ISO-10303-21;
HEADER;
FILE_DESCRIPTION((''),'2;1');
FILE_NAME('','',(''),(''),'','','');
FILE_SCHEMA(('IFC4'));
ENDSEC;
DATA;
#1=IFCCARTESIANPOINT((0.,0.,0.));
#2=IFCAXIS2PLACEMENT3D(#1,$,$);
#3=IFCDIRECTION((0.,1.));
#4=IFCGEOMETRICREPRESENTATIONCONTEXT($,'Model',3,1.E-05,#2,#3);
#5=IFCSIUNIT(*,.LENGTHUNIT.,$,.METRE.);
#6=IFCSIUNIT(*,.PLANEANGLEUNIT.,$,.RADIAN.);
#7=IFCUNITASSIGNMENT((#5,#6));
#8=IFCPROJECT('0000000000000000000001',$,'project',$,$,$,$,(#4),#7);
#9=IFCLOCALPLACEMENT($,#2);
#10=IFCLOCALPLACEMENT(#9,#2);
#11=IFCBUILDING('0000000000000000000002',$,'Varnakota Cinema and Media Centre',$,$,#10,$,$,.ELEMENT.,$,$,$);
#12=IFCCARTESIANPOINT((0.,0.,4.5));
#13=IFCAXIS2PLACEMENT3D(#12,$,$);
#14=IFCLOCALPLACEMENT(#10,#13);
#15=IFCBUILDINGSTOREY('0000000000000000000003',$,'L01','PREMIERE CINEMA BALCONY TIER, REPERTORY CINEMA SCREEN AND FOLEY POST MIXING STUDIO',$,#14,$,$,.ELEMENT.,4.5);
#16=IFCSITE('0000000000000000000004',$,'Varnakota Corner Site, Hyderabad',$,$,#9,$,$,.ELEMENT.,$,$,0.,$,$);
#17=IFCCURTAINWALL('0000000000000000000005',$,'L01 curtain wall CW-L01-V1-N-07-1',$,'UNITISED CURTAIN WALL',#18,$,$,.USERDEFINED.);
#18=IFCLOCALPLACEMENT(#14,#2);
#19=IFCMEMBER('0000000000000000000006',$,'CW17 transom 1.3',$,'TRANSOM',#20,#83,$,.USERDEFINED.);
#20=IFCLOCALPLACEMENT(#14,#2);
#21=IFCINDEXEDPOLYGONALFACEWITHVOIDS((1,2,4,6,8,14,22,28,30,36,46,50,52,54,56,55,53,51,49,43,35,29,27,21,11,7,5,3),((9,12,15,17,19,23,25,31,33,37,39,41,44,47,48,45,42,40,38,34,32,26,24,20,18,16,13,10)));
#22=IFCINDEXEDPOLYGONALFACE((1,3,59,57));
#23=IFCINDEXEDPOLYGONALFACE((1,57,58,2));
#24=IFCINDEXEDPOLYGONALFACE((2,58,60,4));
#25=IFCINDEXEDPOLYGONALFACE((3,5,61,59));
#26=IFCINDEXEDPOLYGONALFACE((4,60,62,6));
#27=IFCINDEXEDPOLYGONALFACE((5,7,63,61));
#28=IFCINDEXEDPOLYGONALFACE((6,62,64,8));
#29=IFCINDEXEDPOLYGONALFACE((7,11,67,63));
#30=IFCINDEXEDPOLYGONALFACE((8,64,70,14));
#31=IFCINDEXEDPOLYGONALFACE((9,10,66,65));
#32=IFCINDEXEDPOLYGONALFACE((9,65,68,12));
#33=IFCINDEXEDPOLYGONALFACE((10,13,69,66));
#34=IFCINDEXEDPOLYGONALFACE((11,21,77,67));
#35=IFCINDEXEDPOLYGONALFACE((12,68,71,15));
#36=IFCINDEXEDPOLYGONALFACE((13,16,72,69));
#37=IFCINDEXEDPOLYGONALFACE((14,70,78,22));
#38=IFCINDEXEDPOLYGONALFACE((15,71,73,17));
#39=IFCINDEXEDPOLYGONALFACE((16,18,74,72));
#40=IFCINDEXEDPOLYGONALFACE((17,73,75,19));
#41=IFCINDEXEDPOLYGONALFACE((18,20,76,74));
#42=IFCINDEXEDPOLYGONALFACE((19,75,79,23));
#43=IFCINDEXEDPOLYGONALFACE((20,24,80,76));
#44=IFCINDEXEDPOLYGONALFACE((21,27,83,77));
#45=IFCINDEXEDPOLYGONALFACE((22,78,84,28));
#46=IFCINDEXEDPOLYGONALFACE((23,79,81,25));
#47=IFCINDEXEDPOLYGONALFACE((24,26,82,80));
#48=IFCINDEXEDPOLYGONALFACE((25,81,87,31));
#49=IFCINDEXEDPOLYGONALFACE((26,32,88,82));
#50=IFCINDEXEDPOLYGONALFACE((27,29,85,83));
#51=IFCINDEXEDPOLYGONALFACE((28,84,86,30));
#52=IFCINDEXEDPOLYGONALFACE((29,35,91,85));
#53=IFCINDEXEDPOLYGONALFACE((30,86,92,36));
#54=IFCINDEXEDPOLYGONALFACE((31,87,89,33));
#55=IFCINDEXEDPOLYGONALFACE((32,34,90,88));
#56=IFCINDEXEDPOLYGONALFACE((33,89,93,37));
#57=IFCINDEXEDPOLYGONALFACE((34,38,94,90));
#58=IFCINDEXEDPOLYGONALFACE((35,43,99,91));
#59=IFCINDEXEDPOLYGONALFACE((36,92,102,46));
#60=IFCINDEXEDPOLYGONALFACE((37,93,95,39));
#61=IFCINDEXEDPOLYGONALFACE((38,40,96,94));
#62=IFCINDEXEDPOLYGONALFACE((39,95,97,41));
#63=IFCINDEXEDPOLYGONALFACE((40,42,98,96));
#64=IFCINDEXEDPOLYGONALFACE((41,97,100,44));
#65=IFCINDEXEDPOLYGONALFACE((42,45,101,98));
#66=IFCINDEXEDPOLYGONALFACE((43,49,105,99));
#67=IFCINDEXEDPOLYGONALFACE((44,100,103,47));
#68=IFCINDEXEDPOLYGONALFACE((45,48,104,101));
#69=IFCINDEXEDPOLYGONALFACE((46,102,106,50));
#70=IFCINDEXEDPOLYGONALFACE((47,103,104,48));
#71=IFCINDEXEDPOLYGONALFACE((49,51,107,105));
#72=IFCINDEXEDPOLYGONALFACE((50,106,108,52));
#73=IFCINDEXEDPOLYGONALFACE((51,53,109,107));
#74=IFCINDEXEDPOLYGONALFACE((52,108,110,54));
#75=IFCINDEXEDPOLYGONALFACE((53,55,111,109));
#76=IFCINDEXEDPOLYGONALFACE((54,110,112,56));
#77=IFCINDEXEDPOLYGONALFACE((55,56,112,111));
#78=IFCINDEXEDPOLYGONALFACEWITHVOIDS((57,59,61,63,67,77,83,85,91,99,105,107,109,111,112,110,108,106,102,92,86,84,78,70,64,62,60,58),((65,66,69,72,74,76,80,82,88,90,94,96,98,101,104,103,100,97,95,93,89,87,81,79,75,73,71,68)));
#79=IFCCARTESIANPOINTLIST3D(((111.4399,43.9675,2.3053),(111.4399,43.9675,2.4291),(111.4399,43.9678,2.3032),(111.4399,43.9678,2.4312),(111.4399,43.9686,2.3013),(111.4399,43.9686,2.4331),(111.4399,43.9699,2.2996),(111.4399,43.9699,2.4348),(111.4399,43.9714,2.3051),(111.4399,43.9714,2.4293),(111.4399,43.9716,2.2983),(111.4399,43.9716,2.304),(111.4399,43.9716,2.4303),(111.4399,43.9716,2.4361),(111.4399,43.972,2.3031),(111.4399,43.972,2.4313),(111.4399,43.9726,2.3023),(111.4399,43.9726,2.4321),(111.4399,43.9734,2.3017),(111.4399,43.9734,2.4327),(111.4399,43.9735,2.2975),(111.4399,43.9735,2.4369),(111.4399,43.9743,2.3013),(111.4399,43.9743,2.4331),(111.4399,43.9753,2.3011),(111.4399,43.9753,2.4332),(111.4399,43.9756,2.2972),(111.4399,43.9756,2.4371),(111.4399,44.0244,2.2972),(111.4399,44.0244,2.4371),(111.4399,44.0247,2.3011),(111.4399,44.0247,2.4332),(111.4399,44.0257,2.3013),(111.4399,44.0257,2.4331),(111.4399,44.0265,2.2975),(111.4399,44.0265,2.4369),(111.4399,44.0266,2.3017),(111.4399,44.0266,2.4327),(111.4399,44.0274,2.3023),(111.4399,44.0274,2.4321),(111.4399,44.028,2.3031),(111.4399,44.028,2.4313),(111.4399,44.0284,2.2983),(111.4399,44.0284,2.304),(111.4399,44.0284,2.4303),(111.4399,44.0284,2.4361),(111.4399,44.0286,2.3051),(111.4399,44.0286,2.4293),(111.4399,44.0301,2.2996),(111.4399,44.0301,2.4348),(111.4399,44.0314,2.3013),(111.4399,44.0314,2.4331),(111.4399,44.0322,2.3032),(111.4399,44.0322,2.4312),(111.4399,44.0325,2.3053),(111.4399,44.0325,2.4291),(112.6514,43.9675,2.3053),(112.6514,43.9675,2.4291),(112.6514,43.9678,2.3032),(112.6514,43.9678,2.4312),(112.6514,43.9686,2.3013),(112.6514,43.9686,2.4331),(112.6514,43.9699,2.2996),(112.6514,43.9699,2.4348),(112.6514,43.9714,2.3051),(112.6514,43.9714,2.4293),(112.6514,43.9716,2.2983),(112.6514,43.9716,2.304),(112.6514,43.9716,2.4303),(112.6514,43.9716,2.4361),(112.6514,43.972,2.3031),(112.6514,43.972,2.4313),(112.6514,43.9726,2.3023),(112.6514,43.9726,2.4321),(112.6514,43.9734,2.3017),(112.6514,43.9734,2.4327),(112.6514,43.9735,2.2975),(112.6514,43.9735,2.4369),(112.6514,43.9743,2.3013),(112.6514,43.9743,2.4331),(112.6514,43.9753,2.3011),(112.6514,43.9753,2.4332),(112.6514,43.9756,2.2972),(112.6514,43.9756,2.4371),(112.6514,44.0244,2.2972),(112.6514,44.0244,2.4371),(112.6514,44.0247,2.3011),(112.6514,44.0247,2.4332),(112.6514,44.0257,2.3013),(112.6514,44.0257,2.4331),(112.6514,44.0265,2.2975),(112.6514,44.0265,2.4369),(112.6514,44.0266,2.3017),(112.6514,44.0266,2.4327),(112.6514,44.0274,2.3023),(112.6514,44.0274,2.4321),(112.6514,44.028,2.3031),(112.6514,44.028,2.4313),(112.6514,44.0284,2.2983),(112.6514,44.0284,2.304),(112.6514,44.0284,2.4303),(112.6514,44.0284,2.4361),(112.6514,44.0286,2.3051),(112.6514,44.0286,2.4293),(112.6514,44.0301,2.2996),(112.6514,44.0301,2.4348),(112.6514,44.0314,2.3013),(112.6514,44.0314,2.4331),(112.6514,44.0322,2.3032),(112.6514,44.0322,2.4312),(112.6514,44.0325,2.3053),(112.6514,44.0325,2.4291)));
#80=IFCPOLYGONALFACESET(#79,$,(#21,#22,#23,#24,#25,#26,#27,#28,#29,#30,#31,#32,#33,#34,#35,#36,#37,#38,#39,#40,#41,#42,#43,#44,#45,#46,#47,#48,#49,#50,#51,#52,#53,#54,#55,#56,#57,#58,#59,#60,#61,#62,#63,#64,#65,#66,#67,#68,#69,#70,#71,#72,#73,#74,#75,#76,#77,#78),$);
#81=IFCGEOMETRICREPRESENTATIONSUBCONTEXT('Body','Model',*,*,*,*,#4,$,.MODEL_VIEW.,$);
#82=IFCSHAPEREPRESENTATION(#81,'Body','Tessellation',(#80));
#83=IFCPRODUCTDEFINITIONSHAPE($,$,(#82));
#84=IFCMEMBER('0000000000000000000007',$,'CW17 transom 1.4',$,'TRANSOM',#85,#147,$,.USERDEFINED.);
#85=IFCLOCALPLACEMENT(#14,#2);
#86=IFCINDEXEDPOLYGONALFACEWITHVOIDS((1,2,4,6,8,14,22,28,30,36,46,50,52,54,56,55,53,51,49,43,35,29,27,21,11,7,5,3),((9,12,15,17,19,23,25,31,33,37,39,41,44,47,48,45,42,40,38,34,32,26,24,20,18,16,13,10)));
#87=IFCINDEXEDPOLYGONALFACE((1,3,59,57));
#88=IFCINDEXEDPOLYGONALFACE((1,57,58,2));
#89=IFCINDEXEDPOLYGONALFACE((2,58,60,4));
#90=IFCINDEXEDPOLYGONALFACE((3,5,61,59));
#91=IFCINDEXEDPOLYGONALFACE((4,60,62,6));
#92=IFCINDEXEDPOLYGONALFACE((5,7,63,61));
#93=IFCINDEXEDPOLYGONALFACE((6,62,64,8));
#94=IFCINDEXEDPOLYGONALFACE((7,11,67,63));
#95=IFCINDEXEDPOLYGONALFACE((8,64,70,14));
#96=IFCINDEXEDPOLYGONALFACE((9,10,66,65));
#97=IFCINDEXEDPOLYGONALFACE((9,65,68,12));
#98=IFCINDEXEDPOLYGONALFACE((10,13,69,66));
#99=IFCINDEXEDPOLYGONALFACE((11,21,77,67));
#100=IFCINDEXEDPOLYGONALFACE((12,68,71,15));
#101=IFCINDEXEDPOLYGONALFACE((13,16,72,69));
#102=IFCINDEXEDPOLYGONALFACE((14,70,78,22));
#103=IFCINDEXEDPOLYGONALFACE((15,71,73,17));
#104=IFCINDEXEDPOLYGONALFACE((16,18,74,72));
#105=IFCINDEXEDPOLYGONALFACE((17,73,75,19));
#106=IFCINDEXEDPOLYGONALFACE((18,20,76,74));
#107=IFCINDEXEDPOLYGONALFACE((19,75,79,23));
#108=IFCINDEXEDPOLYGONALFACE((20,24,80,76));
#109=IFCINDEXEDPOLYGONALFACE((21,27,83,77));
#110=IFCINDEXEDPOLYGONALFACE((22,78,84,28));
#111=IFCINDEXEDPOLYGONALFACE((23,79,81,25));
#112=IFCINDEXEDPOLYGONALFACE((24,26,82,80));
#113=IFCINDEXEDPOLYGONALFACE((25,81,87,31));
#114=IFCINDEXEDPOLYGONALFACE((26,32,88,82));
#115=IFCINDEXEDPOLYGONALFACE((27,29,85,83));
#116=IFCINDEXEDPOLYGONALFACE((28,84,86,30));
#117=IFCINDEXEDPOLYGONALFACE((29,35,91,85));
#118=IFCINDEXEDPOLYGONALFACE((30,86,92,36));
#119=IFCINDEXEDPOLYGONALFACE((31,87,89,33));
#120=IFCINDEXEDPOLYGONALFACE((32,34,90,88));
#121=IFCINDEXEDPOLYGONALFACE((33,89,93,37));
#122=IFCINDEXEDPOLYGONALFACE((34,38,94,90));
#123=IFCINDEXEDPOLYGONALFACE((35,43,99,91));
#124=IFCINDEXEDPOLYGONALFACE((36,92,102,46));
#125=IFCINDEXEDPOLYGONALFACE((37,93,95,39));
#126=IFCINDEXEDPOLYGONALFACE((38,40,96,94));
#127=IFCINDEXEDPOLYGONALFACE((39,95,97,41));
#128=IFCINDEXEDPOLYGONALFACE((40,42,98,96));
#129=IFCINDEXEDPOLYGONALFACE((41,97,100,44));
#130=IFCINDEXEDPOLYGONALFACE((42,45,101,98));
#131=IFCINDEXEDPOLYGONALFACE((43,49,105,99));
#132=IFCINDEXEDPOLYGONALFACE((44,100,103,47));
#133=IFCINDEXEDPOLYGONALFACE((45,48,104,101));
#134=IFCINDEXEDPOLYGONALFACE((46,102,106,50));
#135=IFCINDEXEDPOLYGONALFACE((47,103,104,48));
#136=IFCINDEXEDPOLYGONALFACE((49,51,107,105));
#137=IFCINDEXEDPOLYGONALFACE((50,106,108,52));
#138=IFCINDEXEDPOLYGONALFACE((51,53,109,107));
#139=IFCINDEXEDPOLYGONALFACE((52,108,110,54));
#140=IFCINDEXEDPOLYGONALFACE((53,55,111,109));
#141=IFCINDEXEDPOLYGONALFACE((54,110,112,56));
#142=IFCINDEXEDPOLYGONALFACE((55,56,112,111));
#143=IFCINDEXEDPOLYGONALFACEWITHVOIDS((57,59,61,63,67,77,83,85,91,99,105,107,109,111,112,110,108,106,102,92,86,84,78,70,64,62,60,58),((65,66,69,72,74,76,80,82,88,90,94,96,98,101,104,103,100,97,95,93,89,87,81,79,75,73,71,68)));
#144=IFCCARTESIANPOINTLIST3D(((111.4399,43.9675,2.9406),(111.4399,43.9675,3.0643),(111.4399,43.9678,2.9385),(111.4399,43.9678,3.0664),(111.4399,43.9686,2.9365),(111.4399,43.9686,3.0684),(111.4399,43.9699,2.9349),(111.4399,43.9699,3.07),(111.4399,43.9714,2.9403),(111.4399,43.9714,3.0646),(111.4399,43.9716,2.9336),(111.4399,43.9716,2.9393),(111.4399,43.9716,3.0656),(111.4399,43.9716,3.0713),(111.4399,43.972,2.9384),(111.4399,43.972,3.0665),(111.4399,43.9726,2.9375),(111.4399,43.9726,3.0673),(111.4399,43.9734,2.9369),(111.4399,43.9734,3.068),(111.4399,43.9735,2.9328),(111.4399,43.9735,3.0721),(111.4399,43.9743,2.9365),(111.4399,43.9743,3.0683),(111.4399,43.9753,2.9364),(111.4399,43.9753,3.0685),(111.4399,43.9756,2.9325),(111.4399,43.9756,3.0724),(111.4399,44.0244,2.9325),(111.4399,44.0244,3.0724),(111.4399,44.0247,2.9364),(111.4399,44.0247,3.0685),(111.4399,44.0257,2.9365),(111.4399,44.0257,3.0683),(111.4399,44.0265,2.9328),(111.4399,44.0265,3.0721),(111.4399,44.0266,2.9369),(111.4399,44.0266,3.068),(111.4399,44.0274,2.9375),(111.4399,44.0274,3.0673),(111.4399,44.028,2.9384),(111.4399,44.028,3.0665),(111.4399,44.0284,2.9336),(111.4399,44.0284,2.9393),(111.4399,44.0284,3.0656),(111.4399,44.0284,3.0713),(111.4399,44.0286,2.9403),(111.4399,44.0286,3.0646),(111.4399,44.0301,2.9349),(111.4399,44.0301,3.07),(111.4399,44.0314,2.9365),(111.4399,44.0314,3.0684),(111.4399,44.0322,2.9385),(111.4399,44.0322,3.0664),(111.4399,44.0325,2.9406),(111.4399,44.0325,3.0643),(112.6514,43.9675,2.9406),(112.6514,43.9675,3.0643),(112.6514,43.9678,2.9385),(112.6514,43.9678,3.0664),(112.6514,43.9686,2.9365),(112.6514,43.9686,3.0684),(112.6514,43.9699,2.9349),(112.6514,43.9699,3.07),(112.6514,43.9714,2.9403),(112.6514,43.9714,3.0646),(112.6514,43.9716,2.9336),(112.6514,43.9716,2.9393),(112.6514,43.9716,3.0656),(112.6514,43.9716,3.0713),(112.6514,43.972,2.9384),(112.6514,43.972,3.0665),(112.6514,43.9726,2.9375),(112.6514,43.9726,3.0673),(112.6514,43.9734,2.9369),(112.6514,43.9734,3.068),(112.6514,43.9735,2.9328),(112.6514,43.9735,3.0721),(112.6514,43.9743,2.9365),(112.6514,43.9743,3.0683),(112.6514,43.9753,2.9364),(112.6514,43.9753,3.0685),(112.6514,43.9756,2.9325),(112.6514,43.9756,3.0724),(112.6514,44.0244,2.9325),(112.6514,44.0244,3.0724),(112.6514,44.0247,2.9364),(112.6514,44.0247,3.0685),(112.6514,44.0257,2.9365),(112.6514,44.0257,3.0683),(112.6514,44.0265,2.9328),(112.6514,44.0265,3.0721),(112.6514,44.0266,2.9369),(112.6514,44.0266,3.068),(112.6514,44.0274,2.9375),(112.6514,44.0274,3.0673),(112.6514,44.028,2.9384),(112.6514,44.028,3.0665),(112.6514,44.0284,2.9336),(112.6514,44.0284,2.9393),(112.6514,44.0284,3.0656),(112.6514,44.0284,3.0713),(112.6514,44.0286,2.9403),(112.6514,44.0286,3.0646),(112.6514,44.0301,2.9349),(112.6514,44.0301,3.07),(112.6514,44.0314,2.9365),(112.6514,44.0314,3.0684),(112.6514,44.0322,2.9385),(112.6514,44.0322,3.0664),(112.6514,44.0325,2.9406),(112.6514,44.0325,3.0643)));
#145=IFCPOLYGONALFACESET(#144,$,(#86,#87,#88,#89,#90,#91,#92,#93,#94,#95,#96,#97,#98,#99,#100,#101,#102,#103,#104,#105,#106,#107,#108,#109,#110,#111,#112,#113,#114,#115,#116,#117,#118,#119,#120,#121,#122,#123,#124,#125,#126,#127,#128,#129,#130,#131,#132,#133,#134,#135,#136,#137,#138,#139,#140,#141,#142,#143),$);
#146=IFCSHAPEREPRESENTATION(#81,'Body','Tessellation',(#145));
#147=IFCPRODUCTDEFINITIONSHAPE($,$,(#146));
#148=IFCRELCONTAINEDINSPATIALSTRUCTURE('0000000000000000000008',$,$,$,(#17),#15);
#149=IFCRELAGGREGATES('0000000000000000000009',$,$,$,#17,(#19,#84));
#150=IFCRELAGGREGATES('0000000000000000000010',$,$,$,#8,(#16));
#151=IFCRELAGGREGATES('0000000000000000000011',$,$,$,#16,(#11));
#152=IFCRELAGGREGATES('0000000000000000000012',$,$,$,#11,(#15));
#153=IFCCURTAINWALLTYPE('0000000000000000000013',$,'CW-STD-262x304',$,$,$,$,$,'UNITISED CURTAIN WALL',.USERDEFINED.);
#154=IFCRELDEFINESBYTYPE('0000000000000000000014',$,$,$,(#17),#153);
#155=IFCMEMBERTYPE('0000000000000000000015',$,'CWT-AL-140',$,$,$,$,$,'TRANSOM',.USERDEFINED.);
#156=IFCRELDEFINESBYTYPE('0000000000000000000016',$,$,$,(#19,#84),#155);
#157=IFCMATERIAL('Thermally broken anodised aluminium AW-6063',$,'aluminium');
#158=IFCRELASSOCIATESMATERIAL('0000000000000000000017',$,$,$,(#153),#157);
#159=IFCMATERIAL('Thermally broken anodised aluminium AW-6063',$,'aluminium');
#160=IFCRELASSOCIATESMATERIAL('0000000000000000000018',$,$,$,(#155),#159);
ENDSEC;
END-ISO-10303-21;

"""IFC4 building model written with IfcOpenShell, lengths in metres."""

from ifc_helpers import new_model, si_unit, direction, frame, origin, origin_2d, place, context, subcontext, project, spatial, hollow_rectangle, extrude, material, material_profile, profile_set, type_object, element, aggregate, save


model = new_model("IFC4")

# Units and contexts
model_context = context("Model", 3, precision=1e-05, world=origin(), true_north=direction((0.0, 1.0)))
body_context = subcontext(model_context, "Body", "Model", "MODEL_VIEW")
ifc_project = project(units=[si_unit("LENGTHUNIT", "METRE"), si_unit("PLANEANGLEUNIT", "RADIAN")], contexts=[model_context])

# Site, building, storey
site_placement = place(None, origin())
site = spatial("IfcSite", under=ifc_project, at=site_placement, Name="Varnakota Corner Site, Hyderabad", CompositionType="ELEMENT", RefElevation=0.0)
building_placement = place(site_placement, origin())
building = spatial("IfcBuilding", under=site, at=building_placement, Name="Varnakota Cinema and Media Centre", CompositionType="ELEMENT")
storey_placement = place(building_placement, frame((0.0, 0.0, 4.5)))
storey = spatial("IfcBuildingStorey", under=building, at=storey_placement, Name="L01", Description="PREMIERE CINEMA BALCONY TIER, REPERTORY CINEMA SCREEN AND FOLEY POST MIXING STUDIO", CompositionType="ELEMENT", Elevation=4.5)

# Shared definitions
ifc_material_1 = material(Name="Thermally broken anodised aluminium AW-6063", Category="aluminium")
curtain_wall_type = type_object("IfcCurtainWallType", Name="CW-STD-262x304", ElementType="UNITISED CURTAIN WALL", PredefinedType="USERDEFINED", material=ifc_material_1)

# Curtain wall
curtain_wall_1_placement = place(storey_placement, origin())
curtain_wall_1 = element("IfcCurtainWall", 1, at=curtain_wall_1_placement, inside=storey, type_object=curtain_wall_type, Name="L01 curtain wall CW-L01-V1-N-07-1", ObjectType="UNITISED CURTAIN WALL", PredefinedType="USERDEFINED")

# Members
ifc_material_2 = material(Name="Thermally broken anodised aluminium AW-6063", Category="aluminium")
ifc_material_profile_1 = material_profile(ifc_material_2, hollow_rectangle(XDim=0.0649, YDim=0.1399, WallThickness=0.0039, InnerFilletRadius=0.0039, OuterFilletRadius=0.0081, at=origin_2d()), Name="AL-TRANSOM 140x65x4")
ifc_profile_set_1 = profile_set([ifc_material_profile_1], Name="Thermally broken anodised aluminium AW-6063")
member_type_1 = type_object("IfcMemberType", Name="CWT-AL-140", ElementType="TRANSOM", PredefinedType="USERDEFINED", material=ifc_profile_set_1)
member_1_placement = place(storey_placement, frame((111.4399, 44.0, 2.3672), z_axis=(1.0, 0.0, 0.0), x_axis=(0.0, 1.0, 0.0)))
member_1 = element("IfcMember", 2, at=member_1_placement, type_object=member_type_1, Name="CW17 transom 1.3", ObjectType="TRANSOM", PredefinedType="USERDEFINED", context=body_context, shape_type="SweptSolid", body=[
    extrude(hollow_rectangle(XDim=0.0649, YDim=0.1399, WallThickness=0.0039, InnerFilletRadius=0.0039, OuterFilletRadius=0.0081, at=origin_2d()), origin(), (0.0, 0.0, 1.0), 1.2114),
])
member_2_placement = place(storey_placement, frame((111.4399, 44.0, 3.0024), z_axis=(1.0, 0.0, 0.0), x_axis=(0.0, 1.0, 0.0)))
member_2 = element("IfcMember", 3, at=member_2_placement, type_object=member_type_1, Name="CW17 transom 1.4", ObjectType="TRANSOM", PredefinedType="USERDEFINED", context=body_context, shape_type="SweptSolid", body=[
    extrude(hollow_rectangle(XDim=0.0649, YDim=0.1399, WallThickness=0.0039, InnerFilletRadius=0.0039, OuterFilletRadius=0.0081, at=origin_2d()), origin(), (0.0, 0.0, 1.0), 1.2114),
])

aggregate(curtain_wall_1, [member_1, member_2])

save(model, "model.ifc")
